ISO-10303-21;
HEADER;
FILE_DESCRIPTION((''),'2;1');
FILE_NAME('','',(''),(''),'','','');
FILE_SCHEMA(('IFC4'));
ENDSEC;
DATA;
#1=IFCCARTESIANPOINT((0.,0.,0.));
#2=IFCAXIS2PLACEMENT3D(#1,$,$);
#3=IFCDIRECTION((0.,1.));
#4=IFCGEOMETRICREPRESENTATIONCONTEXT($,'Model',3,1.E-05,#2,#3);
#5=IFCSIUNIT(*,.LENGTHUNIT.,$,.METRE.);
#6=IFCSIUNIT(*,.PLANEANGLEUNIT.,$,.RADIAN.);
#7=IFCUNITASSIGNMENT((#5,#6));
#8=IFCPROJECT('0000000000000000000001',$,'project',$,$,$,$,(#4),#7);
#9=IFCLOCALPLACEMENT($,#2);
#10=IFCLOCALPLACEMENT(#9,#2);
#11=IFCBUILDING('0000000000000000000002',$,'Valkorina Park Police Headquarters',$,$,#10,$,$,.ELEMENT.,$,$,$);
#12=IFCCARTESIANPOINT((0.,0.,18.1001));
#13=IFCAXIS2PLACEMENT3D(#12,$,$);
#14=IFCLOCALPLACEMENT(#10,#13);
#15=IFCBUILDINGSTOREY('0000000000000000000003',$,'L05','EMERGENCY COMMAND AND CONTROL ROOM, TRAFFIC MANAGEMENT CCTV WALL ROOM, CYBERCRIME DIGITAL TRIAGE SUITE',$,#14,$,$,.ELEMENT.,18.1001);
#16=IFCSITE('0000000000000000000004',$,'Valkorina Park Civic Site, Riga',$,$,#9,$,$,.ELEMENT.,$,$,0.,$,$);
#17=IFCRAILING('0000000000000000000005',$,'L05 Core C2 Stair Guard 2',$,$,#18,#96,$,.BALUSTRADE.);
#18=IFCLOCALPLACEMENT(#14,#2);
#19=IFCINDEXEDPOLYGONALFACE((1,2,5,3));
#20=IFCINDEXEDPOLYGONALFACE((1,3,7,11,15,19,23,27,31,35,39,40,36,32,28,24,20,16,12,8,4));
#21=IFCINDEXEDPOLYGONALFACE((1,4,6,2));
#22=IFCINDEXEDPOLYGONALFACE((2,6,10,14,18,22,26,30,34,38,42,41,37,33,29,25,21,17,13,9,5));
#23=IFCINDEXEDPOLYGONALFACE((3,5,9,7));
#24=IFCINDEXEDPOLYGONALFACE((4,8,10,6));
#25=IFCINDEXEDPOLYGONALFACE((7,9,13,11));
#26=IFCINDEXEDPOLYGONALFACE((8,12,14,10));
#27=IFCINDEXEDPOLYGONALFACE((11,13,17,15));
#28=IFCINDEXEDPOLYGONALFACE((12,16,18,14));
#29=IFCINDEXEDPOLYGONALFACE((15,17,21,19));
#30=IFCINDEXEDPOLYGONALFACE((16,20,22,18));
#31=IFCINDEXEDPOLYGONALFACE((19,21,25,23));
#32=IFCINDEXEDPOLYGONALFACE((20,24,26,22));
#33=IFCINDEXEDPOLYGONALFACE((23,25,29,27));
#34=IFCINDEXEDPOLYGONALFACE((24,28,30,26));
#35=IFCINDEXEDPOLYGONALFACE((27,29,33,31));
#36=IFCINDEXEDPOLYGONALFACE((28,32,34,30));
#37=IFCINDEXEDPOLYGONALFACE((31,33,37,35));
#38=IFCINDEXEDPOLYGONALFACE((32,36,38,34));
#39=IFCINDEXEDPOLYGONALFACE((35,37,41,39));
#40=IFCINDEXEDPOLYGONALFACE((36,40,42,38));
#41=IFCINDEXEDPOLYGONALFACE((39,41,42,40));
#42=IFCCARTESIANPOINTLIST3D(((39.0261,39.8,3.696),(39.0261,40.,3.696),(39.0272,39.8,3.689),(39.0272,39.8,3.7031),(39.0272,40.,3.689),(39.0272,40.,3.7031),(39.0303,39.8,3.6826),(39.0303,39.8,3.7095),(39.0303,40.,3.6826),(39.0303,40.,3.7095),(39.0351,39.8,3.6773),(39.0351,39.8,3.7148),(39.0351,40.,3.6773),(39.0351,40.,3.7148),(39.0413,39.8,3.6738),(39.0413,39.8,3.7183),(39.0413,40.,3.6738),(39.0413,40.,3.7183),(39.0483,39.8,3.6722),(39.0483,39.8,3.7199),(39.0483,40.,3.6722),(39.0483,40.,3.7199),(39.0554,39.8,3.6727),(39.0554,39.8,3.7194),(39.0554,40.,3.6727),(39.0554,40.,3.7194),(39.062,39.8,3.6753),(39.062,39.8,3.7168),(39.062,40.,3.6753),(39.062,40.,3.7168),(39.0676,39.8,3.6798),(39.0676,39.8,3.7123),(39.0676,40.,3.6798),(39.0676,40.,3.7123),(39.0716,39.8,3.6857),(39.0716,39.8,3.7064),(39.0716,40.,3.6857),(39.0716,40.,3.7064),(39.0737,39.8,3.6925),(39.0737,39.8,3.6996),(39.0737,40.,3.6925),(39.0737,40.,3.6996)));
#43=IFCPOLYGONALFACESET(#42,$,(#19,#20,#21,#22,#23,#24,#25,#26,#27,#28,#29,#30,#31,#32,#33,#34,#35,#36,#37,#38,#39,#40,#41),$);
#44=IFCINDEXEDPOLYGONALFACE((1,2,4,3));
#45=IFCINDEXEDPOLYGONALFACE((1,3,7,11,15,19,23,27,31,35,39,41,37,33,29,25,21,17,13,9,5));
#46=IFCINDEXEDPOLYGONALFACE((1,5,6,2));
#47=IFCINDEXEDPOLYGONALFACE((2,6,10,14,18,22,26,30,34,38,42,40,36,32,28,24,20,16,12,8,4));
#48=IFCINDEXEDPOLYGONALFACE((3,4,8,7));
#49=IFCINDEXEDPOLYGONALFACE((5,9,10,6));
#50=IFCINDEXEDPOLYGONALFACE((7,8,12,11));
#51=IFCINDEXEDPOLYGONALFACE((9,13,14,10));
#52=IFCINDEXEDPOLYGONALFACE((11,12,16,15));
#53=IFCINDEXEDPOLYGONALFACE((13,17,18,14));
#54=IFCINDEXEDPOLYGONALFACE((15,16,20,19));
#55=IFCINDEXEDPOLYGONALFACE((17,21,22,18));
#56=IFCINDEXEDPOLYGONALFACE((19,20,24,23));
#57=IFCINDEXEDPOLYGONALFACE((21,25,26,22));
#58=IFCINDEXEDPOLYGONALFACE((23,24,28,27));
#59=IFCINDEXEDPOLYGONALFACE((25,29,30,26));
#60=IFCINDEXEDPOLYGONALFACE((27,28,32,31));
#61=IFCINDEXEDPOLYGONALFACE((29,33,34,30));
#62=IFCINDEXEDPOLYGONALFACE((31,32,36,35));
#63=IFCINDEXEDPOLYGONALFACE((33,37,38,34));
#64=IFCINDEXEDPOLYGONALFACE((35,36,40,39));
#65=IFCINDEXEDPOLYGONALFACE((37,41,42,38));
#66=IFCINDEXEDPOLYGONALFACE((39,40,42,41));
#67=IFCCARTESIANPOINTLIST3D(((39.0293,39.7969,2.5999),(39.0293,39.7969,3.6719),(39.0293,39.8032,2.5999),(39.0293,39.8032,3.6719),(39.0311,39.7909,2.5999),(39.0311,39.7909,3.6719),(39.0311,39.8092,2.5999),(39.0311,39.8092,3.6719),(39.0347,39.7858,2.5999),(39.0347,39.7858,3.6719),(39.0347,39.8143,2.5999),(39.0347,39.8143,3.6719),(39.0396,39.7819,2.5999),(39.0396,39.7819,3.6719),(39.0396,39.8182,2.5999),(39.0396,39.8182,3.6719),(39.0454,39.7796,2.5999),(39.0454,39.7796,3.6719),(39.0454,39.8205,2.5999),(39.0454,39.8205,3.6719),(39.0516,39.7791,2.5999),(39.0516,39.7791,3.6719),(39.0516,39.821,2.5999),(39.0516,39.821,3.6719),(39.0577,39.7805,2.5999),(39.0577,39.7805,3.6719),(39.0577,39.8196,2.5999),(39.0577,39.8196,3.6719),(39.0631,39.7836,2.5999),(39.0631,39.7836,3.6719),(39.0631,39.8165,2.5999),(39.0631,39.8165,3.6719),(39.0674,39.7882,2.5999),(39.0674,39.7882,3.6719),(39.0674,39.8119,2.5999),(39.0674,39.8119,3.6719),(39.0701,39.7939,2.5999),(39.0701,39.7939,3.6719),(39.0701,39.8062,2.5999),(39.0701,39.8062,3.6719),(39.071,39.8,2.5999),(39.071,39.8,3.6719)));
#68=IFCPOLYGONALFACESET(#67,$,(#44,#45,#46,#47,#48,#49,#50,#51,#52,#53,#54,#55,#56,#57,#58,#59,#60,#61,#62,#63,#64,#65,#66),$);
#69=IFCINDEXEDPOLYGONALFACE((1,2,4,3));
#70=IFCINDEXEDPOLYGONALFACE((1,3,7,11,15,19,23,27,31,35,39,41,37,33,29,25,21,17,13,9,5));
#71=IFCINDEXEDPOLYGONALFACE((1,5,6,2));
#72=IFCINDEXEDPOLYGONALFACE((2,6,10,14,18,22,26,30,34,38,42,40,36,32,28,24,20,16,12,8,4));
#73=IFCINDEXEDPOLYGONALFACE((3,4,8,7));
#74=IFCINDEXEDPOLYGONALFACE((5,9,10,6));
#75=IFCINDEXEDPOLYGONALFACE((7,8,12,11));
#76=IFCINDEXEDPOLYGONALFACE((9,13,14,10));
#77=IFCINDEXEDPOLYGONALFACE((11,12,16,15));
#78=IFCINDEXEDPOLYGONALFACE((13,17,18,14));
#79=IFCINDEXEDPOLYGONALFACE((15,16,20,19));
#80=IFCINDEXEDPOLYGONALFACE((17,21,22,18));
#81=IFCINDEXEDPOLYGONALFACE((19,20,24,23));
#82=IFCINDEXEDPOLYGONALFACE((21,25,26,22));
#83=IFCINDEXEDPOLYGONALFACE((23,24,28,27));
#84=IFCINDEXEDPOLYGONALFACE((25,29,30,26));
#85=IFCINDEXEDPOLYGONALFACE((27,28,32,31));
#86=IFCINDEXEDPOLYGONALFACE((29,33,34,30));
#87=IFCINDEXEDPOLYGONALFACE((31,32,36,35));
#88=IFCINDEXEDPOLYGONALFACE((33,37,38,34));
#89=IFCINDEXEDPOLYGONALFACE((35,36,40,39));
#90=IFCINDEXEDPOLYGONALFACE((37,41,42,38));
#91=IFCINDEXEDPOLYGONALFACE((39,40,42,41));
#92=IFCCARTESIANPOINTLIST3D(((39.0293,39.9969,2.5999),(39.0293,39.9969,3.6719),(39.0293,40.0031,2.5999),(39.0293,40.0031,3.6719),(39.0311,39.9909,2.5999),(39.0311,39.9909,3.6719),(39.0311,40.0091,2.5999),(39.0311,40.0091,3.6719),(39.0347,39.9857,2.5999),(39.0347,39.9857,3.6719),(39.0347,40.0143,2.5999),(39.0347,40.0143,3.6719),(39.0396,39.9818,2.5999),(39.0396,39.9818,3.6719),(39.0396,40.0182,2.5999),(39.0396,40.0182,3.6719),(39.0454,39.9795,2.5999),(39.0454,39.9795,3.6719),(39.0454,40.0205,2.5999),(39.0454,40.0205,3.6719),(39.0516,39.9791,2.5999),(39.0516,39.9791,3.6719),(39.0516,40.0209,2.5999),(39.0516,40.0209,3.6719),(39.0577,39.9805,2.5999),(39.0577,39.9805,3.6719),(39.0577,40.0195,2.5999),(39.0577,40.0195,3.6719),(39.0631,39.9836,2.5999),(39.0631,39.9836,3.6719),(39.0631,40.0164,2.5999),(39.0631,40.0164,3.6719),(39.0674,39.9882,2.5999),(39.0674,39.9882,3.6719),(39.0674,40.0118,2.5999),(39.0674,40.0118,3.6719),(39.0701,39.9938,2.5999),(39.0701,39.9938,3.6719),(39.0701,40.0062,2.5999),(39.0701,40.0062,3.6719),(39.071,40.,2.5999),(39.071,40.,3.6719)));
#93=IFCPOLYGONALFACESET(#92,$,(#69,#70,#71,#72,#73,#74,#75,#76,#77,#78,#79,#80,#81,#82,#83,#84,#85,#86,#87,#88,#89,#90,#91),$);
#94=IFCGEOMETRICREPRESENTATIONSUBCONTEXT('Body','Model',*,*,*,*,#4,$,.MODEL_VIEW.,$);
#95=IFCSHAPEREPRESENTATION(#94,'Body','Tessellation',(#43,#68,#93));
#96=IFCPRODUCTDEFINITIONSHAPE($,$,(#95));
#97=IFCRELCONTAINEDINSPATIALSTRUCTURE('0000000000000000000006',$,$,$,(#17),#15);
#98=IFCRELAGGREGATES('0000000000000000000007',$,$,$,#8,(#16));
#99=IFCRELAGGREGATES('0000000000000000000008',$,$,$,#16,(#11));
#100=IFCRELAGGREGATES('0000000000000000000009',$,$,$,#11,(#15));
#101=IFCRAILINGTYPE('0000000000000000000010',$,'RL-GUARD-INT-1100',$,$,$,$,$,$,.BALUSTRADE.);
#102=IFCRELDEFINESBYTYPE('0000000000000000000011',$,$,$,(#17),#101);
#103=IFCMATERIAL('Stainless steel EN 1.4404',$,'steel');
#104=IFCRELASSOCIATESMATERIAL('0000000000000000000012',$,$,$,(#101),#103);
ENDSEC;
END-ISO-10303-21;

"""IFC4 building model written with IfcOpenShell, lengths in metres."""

from ifc_helpers import new_model, si_unit, direction, frame, origin, origin_2d, place, context, subcontext, project, spatial, circle, extrude, material, type_object, element, save


model = new_model("IFC4")

# Units and contexts
model_context = context("Model", 3, precision=1e-05, world=origin(), true_north=direction((0.0, 1.0)))
body_context = subcontext(model_context, "Body", "Model", "MODEL_VIEW")
ifc_project = project(units=[si_unit("LENGTHUNIT", "METRE"), si_unit("PLANEANGLEUNIT", "RADIAN")], contexts=[model_context])

# Site, building, storey
site_placement = place(None, origin())
site = spatial("IfcSite", under=ifc_project, at=site_placement, Name="Valkorina Park Civic Site, Riga", CompositionType="ELEMENT", RefElevation=0.0)
building_placement = place(site_placement, origin())
building = spatial("IfcBuilding", under=site, at=building_placement, Name="Valkorina Park Police Headquarters", CompositionType="ELEMENT")
storey_placement = place(building_placement, frame((0.0, 0.0, 18.1001)))
storey = spatial("IfcBuildingStorey", under=building, at=storey_placement, Name="L05", Description="EMERGENCY COMMAND AND CONTROL ROOM, TRAFFIC MANAGEMENT CCTV WALL ROOM, CYBERCRIME DIGITAL TRIAGE SUITE", CompositionType="ELEMENT", Elevation=18.1001)

# Railing
ifc_material_1 = material(Name="Stainless steel EN 1.4404", Category="steel")
railing_type_1 = type_object("IfcRailingType", Name="RL-GUARD-INT-1100", PredefinedType="BALUSTRADE", material=ifc_material_1)
railing_1_placement = place(storey_placement, frame((39.05, 39.8, 2.5999)))
element("IfcRailing", 1, at=railing_1_placement, inside=storey, type_object=railing_type_1, Name="L05 Core C2 Stair Guard 2", PredefinedType="BALUSTRADE", context=body_context, shape_type="SweptSolid", body=[
    extrude(circle(Radius=0.0239, at=origin_2d()), frame((0.0, 0.0, 1.0962), z_axis=(0.0, 1.0, 0.0), x_axis=(-1.0, 0.0, 0.0)), (0.0, 0.0, 1.0), 0.2),
    extrude(circle(Radius=0.021, at=origin_2d()), origin(), (0.0, 0.0, 1.0), 1.072),
    extrude(circle(Radius=0.021, at=origin_2d()), frame((0.0, 0.2, 0.0)), (0.0, 0.0, 1.0), 1.072),
])

save(model, "model.ifc")
